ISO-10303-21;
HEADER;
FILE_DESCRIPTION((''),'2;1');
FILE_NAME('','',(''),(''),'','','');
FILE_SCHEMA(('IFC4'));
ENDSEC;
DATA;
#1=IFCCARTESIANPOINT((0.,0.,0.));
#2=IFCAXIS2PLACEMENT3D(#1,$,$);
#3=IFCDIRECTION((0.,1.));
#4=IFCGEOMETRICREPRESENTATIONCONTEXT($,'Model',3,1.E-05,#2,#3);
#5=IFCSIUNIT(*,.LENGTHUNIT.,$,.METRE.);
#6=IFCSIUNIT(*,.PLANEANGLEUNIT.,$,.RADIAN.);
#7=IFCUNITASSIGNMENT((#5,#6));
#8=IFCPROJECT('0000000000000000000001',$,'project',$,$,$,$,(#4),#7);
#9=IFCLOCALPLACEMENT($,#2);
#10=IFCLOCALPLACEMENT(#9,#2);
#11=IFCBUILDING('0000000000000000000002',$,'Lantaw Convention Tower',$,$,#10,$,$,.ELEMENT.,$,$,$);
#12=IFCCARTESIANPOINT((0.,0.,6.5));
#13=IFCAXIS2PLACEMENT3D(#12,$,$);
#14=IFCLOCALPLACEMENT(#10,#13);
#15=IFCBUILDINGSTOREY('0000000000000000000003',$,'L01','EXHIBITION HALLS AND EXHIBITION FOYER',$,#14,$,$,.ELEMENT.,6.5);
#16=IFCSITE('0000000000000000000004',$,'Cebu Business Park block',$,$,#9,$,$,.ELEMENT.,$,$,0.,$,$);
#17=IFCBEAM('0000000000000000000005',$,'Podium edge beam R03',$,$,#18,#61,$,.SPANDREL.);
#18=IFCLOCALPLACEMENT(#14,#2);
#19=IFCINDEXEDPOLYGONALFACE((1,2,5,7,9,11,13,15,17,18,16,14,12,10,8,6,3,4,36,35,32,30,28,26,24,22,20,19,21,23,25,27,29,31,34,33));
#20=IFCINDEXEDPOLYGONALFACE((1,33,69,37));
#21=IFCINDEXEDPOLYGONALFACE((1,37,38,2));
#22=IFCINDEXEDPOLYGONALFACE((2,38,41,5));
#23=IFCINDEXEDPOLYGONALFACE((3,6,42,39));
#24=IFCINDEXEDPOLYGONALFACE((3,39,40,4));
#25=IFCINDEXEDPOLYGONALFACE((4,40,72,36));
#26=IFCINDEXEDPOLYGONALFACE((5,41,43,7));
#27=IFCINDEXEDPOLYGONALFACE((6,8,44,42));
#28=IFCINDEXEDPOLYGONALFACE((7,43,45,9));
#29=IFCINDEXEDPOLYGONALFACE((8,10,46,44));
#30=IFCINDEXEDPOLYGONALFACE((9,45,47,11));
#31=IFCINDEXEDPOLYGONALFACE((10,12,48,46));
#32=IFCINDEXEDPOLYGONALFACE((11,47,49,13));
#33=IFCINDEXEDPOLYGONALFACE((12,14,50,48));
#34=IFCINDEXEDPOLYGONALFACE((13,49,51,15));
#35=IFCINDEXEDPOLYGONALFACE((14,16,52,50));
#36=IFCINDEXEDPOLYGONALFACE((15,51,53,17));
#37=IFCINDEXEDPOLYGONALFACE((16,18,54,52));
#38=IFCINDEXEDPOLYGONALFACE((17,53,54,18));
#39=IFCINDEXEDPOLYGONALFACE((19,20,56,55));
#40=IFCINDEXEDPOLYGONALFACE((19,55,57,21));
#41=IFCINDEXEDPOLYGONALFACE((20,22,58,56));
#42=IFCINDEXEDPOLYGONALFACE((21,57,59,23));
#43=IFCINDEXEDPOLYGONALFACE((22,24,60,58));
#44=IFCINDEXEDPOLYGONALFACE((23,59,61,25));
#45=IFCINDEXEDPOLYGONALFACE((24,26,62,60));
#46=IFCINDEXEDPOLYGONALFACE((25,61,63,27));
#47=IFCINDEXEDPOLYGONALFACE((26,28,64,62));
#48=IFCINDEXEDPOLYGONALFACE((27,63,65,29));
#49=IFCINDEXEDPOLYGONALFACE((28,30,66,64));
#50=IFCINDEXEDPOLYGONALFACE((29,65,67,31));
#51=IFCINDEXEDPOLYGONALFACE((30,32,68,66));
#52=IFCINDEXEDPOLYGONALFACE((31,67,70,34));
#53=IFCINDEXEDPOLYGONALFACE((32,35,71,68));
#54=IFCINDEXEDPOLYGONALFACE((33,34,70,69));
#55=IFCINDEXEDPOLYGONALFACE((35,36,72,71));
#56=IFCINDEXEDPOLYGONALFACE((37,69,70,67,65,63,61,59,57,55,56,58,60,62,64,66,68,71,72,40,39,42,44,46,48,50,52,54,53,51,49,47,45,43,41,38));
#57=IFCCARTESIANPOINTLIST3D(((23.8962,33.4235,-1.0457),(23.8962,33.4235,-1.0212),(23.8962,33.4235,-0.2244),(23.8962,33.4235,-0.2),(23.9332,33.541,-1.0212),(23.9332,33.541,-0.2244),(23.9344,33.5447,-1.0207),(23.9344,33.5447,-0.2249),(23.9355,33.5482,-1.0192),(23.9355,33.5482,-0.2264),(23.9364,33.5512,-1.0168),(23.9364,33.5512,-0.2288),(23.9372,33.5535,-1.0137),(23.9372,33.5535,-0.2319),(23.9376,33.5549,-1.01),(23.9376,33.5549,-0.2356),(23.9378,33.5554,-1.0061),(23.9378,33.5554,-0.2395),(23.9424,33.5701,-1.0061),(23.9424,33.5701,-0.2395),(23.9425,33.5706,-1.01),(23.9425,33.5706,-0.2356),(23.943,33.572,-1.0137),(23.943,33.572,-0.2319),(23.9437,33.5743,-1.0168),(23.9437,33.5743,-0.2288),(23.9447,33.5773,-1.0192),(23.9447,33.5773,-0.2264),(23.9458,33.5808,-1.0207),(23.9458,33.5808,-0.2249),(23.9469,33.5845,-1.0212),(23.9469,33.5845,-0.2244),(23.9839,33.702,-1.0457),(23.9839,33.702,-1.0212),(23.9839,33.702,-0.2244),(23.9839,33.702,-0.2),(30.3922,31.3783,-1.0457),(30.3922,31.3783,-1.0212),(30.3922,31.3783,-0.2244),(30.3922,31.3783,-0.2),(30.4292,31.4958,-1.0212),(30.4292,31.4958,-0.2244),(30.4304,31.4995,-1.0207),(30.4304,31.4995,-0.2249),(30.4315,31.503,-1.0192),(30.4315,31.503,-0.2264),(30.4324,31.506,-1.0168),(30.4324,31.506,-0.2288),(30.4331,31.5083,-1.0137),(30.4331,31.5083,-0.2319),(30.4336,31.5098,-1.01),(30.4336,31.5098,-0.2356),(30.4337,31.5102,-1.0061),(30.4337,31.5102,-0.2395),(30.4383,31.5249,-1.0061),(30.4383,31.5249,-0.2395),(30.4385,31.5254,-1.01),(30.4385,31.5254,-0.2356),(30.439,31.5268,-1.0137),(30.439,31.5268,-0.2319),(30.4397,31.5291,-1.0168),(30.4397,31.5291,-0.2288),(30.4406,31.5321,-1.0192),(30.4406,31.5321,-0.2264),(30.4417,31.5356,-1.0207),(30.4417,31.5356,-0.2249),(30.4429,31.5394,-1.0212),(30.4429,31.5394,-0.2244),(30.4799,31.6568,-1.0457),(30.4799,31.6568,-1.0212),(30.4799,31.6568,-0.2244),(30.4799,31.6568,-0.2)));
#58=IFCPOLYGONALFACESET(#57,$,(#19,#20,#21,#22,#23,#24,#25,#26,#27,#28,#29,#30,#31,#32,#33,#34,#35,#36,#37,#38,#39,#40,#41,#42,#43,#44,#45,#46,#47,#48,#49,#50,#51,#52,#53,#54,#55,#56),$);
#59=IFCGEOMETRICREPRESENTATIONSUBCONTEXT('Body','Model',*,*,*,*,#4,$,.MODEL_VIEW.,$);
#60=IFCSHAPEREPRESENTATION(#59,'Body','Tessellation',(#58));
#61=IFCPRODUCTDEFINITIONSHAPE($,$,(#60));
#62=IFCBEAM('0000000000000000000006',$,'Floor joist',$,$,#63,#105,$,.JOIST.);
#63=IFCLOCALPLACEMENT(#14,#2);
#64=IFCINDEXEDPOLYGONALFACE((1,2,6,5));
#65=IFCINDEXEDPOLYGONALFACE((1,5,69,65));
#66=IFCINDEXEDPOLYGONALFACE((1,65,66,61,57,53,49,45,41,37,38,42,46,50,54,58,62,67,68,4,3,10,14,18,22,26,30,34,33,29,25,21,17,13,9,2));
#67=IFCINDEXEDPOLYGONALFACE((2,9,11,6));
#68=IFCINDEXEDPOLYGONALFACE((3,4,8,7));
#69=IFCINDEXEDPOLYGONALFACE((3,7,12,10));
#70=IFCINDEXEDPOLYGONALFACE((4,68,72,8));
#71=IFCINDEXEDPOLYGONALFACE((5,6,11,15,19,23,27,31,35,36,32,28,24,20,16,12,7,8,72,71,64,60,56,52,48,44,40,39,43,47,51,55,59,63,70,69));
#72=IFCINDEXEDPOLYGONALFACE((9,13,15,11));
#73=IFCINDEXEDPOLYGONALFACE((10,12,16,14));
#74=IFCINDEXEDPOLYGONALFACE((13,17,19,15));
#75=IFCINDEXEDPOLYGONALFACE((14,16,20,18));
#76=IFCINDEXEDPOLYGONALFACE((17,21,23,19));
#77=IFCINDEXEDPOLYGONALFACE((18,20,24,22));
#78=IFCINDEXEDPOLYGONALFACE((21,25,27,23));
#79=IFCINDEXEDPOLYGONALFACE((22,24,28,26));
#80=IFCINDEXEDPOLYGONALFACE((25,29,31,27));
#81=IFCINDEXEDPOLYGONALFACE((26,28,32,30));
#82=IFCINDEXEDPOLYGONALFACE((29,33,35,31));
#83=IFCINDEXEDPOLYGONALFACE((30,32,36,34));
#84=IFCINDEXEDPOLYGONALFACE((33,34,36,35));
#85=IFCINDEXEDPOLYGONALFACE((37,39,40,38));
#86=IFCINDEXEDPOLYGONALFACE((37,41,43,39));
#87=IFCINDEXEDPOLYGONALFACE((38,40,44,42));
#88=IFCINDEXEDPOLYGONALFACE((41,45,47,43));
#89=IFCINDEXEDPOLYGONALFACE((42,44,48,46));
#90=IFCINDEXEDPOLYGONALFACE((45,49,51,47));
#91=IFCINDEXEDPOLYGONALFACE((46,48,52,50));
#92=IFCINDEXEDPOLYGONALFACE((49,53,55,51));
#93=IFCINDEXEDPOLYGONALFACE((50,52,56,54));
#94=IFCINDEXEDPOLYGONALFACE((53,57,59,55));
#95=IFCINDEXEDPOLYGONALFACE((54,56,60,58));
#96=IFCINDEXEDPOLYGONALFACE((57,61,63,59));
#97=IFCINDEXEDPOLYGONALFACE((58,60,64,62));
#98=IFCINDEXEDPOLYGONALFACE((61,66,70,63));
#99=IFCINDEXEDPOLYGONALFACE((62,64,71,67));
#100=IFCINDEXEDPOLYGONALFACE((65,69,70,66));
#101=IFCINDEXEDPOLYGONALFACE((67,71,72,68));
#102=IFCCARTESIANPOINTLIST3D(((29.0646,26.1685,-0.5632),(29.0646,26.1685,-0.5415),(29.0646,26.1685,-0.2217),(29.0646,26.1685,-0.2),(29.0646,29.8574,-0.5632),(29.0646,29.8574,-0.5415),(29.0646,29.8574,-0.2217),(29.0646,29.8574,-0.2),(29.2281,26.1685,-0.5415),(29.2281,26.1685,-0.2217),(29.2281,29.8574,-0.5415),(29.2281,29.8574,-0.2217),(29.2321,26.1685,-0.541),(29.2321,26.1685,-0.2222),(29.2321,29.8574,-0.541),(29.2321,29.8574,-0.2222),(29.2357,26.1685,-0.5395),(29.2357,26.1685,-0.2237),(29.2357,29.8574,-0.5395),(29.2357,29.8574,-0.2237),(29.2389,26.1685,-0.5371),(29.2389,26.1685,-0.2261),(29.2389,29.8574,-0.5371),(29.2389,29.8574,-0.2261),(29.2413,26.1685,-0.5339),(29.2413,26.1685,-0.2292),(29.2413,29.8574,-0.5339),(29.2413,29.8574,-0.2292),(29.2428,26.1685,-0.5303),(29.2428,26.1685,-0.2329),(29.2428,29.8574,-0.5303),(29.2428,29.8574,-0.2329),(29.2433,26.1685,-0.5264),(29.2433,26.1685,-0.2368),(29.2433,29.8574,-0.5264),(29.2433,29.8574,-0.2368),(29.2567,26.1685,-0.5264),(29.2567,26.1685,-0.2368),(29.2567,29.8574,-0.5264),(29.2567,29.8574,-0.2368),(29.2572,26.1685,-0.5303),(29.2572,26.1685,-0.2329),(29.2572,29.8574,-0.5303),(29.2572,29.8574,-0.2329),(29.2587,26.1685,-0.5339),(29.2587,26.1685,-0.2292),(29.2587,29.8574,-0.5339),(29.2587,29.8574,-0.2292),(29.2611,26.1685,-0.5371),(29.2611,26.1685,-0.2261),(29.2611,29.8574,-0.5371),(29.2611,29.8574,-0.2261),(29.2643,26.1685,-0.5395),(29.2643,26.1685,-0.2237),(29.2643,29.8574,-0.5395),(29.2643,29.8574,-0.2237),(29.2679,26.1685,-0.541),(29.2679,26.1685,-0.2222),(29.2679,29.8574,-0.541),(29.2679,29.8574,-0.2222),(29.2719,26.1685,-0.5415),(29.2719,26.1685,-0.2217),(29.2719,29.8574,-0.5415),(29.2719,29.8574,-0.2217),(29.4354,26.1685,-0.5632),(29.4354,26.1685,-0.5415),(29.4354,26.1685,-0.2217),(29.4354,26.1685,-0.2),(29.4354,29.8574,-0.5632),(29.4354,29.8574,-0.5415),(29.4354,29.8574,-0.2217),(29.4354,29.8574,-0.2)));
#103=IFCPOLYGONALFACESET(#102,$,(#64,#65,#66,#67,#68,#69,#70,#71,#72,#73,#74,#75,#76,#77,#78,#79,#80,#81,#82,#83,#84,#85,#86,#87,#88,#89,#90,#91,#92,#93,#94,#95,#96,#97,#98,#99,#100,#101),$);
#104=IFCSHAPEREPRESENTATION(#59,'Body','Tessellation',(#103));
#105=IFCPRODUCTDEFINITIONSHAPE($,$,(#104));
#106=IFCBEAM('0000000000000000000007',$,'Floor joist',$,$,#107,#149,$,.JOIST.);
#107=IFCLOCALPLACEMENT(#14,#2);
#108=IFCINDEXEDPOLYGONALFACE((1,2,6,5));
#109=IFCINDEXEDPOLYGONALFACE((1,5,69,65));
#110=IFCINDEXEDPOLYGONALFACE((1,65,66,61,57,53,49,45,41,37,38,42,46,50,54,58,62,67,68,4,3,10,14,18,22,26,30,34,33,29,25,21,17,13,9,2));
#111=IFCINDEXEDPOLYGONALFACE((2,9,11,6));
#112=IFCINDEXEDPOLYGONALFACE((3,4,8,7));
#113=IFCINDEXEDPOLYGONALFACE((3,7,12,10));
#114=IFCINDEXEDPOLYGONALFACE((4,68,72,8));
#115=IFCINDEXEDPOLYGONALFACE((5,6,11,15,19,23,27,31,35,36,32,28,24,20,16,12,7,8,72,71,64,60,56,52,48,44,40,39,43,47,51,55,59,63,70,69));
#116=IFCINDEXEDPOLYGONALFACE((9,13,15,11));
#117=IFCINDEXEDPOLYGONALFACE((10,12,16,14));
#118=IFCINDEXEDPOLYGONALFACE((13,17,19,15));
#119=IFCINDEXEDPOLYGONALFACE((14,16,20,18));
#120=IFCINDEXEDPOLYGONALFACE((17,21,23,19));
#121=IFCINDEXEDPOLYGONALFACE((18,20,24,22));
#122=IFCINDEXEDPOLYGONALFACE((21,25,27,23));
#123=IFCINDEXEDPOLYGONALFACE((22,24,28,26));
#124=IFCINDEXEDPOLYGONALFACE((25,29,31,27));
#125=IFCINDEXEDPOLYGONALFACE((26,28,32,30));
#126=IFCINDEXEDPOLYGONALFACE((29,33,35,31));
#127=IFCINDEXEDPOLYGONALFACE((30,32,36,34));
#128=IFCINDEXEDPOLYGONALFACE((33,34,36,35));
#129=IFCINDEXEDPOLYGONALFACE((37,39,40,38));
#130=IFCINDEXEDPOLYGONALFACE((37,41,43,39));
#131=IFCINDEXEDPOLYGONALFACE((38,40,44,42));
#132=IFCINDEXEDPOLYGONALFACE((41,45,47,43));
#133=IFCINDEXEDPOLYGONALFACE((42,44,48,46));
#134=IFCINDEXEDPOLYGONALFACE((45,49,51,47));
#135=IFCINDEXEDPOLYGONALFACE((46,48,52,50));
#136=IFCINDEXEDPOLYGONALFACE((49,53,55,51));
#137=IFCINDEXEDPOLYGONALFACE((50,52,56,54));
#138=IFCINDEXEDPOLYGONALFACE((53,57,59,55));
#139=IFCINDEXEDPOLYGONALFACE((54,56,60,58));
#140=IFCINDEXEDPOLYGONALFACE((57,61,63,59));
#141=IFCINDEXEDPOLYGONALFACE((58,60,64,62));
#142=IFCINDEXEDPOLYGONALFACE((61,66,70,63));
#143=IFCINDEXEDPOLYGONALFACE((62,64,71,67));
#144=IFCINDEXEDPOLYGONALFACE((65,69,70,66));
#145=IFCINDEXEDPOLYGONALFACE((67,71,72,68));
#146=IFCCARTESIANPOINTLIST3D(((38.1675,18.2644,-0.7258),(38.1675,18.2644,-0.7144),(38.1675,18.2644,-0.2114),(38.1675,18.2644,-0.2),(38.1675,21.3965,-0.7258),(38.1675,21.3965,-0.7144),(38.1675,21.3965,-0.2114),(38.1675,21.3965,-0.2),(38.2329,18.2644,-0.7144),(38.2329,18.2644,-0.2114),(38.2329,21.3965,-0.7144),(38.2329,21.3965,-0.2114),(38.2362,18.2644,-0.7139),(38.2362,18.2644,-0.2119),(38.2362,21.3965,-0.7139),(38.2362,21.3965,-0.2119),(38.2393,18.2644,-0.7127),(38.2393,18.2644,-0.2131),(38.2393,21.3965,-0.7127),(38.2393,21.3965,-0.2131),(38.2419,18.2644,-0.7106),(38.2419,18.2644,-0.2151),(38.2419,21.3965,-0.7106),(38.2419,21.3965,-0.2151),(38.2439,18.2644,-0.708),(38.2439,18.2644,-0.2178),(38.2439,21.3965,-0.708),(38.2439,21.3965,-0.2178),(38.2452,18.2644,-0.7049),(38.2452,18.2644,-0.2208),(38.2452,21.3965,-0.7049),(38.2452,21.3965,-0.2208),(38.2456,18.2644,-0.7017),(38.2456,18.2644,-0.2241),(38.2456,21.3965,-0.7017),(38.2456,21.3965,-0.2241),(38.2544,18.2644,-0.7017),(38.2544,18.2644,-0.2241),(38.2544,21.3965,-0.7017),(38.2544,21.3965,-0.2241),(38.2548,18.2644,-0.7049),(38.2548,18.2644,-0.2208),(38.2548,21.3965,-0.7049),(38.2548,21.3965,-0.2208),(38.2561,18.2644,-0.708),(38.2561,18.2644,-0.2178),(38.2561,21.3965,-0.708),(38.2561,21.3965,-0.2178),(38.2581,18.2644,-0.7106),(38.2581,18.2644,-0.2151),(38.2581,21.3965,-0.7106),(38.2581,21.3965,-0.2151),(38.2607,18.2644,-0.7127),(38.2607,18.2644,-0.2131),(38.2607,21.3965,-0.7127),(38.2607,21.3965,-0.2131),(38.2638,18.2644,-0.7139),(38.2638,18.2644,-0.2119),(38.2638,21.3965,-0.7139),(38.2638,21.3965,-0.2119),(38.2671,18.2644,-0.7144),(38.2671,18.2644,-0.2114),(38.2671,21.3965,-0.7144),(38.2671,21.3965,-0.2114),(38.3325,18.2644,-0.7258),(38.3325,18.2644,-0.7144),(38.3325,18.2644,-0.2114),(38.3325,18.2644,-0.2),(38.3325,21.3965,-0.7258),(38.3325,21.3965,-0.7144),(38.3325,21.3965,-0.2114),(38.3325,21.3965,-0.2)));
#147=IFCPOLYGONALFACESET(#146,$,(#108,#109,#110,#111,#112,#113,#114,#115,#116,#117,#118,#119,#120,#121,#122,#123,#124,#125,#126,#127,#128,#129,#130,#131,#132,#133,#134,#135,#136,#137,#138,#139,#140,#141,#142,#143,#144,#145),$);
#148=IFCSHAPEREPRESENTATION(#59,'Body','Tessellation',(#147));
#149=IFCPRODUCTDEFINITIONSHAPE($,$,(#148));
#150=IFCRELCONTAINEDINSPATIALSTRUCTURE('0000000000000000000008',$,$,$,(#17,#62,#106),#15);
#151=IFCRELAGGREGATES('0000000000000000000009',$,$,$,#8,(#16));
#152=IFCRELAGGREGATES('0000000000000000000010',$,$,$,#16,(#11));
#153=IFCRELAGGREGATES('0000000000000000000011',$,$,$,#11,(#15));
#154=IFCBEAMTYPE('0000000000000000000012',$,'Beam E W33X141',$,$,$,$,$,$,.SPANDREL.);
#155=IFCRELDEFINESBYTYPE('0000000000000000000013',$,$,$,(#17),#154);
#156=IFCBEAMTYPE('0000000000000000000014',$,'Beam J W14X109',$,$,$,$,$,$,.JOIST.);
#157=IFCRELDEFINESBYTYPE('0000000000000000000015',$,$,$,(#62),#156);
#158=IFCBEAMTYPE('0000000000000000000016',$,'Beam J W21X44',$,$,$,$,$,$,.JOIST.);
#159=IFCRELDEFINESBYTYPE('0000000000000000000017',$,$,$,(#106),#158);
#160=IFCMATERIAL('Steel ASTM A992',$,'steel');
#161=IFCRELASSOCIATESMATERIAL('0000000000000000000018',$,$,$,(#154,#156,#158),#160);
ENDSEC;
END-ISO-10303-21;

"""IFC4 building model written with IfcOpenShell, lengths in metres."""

from ifc_helpers import new_model, si_unit, direction, frame, origin, origin_2d, place, context, subcontext, project, spatial, i_section, extrude, material, material_profile, profile_set, type_object, element, save


model = new_model("IFC4")

# Units and contexts
model_context = context("Model", 3, precision=1e-05, world=origin(), true_north=direction((0.0, 1.0)))
body_context = subcontext(model_context, "Body", "Model", "MODEL_VIEW")
ifc_project = project(units=[si_unit("LENGTHUNIT", "METRE"), si_unit("PLANEANGLEUNIT", "RADIAN")], contexts=[model_context])

# Site, building, storey
site_placement = place(None, origin())
site = spatial("IfcSite", under=ifc_project, at=site_placement, Name="Cebu Business Park block", CompositionType="ELEMENT", RefElevation=0.0)
building_placement = place(site_placement, origin())
building = spatial("IfcBuilding", under=site, at=building_placement, Name="Lantaw Convention Tower", CompositionType="ELEMENT")
storey_placement = place(building_placement, frame((0.0, 0.0, 6.5)))
storey = spatial("IfcBuildingStorey", under=building, at=storey_placement, Name="L01", Description="EXHIBITION HALLS AND EXHIBITION FOYER", CompositionType="ELEMENT", Elevation=6.5)

# Beams
ifc_material_1 = material(Name="Steel ASTM A992", Category="steel")
ifc_material_profile_1 = material_profile(ifc_material_1, i_section(OverallWidth=0.292, OverallDepth=0.8457, WebThickness=0.0154, FlangeThickness=0.0244, FilletRadius=0.0151, at=origin_2d()), Name="W33X141")
ifc_profile_set_1 = profile_set([ifc_material_profile_1], Name="Steel ASTM A992")
beam_type_1 = type_object("IfcBeamType", Name="Beam E W33X141", PredefinedType="SPANDREL", material=ifc_profile_set_1)
beam_1_placement = place(storey_placement, frame((30.436, 31.5176, -0.6228), z_axis=(-0.953842, 0.300309, 0.0), x_axis=(-0.300309, -0.953842, 0.0)))
element("IfcBeam", 1, at=beam_1_placement, inside=storey, type_object=beam_type_1, Name="Podium edge beam R03", PredefinedType="SPANDREL", context=body_context, shape_type="SweptSolid", body=[
    extrude(i_section(OverallWidth=0.292, OverallDepth=0.8457, WebThickness=0.0154, FlangeThickness=0.0244, FilletRadius=0.0151, at=origin_2d()), origin(), (0.0, 0.0, 1.0), 6.8103),
])
ifc_material_profile_2 = material_profile(ifc_material_1, i_section(OverallWidth=0.3708, OverallDepth=0.3633, WebThickness=0.0134, FlangeThickness=0.0217, FilletRadius=0.0151, at=origin_2d()), Name="W14X109")
ifc_profile_set_2 = profile_set([ifc_material_profile_2], Name="Steel ASTM A992")
beam_type_2 = type_object("IfcBeamType", Name="Beam J W14X109", PredefinedType="JOIST", material=ifc_profile_set_2)
beam_2_placement = place(storey_placement, frame((29.25, 26.1685, -0.3816), z_axis=(0.0, 1.0, 0.0), x_axis=(-1.0, 0.0, 0.0)))
element("IfcBeam", 2, at=beam_2_placement, inside=storey, type_object=beam_type_2, Name="Floor joist", PredefinedType="JOIST", context=body_context, shape_type="SweptSolid", body=[
    extrude(i_section(OverallWidth=0.3708, OverallDepth=0.3633, WebThickness=0.0134, FlangeThickness=0.0217, FilletRadius=0.0151, at=origin_2d()), origin(), (0.0, 0.0, 1.0), 3.689),
])
ifc_material_profile_3 = material_profile(ifc_material_1, i_section(OverallWidth=0.165, OverallDepth=0.5259, WebThickness=0.0088, FlangeThickness=0.0115, FilletRadius=0.0127, at=origin_2d()), Name="W21X44")
ifc_profile_set_3 = profile_set([ifc_material_profile_3], Name="Steel ASTM A992")
beam_type_3 = type_object("IfcBeamType", Name="Beam J W21X44", PredefinedType="JOIST", material=ifc_profile_set_3)
beam_3_placement = place(storey_placement, frame((38.25, 18.2644, -0.4629), z_axis=(0.0, 1.0, 0.0), x_axis=(-1.0, 0.0, 0.0)))
element("IfcBeam", 3, at=beam_3_placement, inside=storey, type_object=beam_type_3, Name="Floor joist", PredefinedType="JOIST", context=body_context, shape_type="SweptSolid", body=[
    extrude(i_section(OverallWidth=0.165, OverallDepth=0.5259, WebThickness=0.0088, FlangeThickness=0.0115, FilletRadius=0.0127, at=origin_2d()), origin(), (0.0, 0.0, 1.0), 3.1321),
])

save(model, "model.ifc")
